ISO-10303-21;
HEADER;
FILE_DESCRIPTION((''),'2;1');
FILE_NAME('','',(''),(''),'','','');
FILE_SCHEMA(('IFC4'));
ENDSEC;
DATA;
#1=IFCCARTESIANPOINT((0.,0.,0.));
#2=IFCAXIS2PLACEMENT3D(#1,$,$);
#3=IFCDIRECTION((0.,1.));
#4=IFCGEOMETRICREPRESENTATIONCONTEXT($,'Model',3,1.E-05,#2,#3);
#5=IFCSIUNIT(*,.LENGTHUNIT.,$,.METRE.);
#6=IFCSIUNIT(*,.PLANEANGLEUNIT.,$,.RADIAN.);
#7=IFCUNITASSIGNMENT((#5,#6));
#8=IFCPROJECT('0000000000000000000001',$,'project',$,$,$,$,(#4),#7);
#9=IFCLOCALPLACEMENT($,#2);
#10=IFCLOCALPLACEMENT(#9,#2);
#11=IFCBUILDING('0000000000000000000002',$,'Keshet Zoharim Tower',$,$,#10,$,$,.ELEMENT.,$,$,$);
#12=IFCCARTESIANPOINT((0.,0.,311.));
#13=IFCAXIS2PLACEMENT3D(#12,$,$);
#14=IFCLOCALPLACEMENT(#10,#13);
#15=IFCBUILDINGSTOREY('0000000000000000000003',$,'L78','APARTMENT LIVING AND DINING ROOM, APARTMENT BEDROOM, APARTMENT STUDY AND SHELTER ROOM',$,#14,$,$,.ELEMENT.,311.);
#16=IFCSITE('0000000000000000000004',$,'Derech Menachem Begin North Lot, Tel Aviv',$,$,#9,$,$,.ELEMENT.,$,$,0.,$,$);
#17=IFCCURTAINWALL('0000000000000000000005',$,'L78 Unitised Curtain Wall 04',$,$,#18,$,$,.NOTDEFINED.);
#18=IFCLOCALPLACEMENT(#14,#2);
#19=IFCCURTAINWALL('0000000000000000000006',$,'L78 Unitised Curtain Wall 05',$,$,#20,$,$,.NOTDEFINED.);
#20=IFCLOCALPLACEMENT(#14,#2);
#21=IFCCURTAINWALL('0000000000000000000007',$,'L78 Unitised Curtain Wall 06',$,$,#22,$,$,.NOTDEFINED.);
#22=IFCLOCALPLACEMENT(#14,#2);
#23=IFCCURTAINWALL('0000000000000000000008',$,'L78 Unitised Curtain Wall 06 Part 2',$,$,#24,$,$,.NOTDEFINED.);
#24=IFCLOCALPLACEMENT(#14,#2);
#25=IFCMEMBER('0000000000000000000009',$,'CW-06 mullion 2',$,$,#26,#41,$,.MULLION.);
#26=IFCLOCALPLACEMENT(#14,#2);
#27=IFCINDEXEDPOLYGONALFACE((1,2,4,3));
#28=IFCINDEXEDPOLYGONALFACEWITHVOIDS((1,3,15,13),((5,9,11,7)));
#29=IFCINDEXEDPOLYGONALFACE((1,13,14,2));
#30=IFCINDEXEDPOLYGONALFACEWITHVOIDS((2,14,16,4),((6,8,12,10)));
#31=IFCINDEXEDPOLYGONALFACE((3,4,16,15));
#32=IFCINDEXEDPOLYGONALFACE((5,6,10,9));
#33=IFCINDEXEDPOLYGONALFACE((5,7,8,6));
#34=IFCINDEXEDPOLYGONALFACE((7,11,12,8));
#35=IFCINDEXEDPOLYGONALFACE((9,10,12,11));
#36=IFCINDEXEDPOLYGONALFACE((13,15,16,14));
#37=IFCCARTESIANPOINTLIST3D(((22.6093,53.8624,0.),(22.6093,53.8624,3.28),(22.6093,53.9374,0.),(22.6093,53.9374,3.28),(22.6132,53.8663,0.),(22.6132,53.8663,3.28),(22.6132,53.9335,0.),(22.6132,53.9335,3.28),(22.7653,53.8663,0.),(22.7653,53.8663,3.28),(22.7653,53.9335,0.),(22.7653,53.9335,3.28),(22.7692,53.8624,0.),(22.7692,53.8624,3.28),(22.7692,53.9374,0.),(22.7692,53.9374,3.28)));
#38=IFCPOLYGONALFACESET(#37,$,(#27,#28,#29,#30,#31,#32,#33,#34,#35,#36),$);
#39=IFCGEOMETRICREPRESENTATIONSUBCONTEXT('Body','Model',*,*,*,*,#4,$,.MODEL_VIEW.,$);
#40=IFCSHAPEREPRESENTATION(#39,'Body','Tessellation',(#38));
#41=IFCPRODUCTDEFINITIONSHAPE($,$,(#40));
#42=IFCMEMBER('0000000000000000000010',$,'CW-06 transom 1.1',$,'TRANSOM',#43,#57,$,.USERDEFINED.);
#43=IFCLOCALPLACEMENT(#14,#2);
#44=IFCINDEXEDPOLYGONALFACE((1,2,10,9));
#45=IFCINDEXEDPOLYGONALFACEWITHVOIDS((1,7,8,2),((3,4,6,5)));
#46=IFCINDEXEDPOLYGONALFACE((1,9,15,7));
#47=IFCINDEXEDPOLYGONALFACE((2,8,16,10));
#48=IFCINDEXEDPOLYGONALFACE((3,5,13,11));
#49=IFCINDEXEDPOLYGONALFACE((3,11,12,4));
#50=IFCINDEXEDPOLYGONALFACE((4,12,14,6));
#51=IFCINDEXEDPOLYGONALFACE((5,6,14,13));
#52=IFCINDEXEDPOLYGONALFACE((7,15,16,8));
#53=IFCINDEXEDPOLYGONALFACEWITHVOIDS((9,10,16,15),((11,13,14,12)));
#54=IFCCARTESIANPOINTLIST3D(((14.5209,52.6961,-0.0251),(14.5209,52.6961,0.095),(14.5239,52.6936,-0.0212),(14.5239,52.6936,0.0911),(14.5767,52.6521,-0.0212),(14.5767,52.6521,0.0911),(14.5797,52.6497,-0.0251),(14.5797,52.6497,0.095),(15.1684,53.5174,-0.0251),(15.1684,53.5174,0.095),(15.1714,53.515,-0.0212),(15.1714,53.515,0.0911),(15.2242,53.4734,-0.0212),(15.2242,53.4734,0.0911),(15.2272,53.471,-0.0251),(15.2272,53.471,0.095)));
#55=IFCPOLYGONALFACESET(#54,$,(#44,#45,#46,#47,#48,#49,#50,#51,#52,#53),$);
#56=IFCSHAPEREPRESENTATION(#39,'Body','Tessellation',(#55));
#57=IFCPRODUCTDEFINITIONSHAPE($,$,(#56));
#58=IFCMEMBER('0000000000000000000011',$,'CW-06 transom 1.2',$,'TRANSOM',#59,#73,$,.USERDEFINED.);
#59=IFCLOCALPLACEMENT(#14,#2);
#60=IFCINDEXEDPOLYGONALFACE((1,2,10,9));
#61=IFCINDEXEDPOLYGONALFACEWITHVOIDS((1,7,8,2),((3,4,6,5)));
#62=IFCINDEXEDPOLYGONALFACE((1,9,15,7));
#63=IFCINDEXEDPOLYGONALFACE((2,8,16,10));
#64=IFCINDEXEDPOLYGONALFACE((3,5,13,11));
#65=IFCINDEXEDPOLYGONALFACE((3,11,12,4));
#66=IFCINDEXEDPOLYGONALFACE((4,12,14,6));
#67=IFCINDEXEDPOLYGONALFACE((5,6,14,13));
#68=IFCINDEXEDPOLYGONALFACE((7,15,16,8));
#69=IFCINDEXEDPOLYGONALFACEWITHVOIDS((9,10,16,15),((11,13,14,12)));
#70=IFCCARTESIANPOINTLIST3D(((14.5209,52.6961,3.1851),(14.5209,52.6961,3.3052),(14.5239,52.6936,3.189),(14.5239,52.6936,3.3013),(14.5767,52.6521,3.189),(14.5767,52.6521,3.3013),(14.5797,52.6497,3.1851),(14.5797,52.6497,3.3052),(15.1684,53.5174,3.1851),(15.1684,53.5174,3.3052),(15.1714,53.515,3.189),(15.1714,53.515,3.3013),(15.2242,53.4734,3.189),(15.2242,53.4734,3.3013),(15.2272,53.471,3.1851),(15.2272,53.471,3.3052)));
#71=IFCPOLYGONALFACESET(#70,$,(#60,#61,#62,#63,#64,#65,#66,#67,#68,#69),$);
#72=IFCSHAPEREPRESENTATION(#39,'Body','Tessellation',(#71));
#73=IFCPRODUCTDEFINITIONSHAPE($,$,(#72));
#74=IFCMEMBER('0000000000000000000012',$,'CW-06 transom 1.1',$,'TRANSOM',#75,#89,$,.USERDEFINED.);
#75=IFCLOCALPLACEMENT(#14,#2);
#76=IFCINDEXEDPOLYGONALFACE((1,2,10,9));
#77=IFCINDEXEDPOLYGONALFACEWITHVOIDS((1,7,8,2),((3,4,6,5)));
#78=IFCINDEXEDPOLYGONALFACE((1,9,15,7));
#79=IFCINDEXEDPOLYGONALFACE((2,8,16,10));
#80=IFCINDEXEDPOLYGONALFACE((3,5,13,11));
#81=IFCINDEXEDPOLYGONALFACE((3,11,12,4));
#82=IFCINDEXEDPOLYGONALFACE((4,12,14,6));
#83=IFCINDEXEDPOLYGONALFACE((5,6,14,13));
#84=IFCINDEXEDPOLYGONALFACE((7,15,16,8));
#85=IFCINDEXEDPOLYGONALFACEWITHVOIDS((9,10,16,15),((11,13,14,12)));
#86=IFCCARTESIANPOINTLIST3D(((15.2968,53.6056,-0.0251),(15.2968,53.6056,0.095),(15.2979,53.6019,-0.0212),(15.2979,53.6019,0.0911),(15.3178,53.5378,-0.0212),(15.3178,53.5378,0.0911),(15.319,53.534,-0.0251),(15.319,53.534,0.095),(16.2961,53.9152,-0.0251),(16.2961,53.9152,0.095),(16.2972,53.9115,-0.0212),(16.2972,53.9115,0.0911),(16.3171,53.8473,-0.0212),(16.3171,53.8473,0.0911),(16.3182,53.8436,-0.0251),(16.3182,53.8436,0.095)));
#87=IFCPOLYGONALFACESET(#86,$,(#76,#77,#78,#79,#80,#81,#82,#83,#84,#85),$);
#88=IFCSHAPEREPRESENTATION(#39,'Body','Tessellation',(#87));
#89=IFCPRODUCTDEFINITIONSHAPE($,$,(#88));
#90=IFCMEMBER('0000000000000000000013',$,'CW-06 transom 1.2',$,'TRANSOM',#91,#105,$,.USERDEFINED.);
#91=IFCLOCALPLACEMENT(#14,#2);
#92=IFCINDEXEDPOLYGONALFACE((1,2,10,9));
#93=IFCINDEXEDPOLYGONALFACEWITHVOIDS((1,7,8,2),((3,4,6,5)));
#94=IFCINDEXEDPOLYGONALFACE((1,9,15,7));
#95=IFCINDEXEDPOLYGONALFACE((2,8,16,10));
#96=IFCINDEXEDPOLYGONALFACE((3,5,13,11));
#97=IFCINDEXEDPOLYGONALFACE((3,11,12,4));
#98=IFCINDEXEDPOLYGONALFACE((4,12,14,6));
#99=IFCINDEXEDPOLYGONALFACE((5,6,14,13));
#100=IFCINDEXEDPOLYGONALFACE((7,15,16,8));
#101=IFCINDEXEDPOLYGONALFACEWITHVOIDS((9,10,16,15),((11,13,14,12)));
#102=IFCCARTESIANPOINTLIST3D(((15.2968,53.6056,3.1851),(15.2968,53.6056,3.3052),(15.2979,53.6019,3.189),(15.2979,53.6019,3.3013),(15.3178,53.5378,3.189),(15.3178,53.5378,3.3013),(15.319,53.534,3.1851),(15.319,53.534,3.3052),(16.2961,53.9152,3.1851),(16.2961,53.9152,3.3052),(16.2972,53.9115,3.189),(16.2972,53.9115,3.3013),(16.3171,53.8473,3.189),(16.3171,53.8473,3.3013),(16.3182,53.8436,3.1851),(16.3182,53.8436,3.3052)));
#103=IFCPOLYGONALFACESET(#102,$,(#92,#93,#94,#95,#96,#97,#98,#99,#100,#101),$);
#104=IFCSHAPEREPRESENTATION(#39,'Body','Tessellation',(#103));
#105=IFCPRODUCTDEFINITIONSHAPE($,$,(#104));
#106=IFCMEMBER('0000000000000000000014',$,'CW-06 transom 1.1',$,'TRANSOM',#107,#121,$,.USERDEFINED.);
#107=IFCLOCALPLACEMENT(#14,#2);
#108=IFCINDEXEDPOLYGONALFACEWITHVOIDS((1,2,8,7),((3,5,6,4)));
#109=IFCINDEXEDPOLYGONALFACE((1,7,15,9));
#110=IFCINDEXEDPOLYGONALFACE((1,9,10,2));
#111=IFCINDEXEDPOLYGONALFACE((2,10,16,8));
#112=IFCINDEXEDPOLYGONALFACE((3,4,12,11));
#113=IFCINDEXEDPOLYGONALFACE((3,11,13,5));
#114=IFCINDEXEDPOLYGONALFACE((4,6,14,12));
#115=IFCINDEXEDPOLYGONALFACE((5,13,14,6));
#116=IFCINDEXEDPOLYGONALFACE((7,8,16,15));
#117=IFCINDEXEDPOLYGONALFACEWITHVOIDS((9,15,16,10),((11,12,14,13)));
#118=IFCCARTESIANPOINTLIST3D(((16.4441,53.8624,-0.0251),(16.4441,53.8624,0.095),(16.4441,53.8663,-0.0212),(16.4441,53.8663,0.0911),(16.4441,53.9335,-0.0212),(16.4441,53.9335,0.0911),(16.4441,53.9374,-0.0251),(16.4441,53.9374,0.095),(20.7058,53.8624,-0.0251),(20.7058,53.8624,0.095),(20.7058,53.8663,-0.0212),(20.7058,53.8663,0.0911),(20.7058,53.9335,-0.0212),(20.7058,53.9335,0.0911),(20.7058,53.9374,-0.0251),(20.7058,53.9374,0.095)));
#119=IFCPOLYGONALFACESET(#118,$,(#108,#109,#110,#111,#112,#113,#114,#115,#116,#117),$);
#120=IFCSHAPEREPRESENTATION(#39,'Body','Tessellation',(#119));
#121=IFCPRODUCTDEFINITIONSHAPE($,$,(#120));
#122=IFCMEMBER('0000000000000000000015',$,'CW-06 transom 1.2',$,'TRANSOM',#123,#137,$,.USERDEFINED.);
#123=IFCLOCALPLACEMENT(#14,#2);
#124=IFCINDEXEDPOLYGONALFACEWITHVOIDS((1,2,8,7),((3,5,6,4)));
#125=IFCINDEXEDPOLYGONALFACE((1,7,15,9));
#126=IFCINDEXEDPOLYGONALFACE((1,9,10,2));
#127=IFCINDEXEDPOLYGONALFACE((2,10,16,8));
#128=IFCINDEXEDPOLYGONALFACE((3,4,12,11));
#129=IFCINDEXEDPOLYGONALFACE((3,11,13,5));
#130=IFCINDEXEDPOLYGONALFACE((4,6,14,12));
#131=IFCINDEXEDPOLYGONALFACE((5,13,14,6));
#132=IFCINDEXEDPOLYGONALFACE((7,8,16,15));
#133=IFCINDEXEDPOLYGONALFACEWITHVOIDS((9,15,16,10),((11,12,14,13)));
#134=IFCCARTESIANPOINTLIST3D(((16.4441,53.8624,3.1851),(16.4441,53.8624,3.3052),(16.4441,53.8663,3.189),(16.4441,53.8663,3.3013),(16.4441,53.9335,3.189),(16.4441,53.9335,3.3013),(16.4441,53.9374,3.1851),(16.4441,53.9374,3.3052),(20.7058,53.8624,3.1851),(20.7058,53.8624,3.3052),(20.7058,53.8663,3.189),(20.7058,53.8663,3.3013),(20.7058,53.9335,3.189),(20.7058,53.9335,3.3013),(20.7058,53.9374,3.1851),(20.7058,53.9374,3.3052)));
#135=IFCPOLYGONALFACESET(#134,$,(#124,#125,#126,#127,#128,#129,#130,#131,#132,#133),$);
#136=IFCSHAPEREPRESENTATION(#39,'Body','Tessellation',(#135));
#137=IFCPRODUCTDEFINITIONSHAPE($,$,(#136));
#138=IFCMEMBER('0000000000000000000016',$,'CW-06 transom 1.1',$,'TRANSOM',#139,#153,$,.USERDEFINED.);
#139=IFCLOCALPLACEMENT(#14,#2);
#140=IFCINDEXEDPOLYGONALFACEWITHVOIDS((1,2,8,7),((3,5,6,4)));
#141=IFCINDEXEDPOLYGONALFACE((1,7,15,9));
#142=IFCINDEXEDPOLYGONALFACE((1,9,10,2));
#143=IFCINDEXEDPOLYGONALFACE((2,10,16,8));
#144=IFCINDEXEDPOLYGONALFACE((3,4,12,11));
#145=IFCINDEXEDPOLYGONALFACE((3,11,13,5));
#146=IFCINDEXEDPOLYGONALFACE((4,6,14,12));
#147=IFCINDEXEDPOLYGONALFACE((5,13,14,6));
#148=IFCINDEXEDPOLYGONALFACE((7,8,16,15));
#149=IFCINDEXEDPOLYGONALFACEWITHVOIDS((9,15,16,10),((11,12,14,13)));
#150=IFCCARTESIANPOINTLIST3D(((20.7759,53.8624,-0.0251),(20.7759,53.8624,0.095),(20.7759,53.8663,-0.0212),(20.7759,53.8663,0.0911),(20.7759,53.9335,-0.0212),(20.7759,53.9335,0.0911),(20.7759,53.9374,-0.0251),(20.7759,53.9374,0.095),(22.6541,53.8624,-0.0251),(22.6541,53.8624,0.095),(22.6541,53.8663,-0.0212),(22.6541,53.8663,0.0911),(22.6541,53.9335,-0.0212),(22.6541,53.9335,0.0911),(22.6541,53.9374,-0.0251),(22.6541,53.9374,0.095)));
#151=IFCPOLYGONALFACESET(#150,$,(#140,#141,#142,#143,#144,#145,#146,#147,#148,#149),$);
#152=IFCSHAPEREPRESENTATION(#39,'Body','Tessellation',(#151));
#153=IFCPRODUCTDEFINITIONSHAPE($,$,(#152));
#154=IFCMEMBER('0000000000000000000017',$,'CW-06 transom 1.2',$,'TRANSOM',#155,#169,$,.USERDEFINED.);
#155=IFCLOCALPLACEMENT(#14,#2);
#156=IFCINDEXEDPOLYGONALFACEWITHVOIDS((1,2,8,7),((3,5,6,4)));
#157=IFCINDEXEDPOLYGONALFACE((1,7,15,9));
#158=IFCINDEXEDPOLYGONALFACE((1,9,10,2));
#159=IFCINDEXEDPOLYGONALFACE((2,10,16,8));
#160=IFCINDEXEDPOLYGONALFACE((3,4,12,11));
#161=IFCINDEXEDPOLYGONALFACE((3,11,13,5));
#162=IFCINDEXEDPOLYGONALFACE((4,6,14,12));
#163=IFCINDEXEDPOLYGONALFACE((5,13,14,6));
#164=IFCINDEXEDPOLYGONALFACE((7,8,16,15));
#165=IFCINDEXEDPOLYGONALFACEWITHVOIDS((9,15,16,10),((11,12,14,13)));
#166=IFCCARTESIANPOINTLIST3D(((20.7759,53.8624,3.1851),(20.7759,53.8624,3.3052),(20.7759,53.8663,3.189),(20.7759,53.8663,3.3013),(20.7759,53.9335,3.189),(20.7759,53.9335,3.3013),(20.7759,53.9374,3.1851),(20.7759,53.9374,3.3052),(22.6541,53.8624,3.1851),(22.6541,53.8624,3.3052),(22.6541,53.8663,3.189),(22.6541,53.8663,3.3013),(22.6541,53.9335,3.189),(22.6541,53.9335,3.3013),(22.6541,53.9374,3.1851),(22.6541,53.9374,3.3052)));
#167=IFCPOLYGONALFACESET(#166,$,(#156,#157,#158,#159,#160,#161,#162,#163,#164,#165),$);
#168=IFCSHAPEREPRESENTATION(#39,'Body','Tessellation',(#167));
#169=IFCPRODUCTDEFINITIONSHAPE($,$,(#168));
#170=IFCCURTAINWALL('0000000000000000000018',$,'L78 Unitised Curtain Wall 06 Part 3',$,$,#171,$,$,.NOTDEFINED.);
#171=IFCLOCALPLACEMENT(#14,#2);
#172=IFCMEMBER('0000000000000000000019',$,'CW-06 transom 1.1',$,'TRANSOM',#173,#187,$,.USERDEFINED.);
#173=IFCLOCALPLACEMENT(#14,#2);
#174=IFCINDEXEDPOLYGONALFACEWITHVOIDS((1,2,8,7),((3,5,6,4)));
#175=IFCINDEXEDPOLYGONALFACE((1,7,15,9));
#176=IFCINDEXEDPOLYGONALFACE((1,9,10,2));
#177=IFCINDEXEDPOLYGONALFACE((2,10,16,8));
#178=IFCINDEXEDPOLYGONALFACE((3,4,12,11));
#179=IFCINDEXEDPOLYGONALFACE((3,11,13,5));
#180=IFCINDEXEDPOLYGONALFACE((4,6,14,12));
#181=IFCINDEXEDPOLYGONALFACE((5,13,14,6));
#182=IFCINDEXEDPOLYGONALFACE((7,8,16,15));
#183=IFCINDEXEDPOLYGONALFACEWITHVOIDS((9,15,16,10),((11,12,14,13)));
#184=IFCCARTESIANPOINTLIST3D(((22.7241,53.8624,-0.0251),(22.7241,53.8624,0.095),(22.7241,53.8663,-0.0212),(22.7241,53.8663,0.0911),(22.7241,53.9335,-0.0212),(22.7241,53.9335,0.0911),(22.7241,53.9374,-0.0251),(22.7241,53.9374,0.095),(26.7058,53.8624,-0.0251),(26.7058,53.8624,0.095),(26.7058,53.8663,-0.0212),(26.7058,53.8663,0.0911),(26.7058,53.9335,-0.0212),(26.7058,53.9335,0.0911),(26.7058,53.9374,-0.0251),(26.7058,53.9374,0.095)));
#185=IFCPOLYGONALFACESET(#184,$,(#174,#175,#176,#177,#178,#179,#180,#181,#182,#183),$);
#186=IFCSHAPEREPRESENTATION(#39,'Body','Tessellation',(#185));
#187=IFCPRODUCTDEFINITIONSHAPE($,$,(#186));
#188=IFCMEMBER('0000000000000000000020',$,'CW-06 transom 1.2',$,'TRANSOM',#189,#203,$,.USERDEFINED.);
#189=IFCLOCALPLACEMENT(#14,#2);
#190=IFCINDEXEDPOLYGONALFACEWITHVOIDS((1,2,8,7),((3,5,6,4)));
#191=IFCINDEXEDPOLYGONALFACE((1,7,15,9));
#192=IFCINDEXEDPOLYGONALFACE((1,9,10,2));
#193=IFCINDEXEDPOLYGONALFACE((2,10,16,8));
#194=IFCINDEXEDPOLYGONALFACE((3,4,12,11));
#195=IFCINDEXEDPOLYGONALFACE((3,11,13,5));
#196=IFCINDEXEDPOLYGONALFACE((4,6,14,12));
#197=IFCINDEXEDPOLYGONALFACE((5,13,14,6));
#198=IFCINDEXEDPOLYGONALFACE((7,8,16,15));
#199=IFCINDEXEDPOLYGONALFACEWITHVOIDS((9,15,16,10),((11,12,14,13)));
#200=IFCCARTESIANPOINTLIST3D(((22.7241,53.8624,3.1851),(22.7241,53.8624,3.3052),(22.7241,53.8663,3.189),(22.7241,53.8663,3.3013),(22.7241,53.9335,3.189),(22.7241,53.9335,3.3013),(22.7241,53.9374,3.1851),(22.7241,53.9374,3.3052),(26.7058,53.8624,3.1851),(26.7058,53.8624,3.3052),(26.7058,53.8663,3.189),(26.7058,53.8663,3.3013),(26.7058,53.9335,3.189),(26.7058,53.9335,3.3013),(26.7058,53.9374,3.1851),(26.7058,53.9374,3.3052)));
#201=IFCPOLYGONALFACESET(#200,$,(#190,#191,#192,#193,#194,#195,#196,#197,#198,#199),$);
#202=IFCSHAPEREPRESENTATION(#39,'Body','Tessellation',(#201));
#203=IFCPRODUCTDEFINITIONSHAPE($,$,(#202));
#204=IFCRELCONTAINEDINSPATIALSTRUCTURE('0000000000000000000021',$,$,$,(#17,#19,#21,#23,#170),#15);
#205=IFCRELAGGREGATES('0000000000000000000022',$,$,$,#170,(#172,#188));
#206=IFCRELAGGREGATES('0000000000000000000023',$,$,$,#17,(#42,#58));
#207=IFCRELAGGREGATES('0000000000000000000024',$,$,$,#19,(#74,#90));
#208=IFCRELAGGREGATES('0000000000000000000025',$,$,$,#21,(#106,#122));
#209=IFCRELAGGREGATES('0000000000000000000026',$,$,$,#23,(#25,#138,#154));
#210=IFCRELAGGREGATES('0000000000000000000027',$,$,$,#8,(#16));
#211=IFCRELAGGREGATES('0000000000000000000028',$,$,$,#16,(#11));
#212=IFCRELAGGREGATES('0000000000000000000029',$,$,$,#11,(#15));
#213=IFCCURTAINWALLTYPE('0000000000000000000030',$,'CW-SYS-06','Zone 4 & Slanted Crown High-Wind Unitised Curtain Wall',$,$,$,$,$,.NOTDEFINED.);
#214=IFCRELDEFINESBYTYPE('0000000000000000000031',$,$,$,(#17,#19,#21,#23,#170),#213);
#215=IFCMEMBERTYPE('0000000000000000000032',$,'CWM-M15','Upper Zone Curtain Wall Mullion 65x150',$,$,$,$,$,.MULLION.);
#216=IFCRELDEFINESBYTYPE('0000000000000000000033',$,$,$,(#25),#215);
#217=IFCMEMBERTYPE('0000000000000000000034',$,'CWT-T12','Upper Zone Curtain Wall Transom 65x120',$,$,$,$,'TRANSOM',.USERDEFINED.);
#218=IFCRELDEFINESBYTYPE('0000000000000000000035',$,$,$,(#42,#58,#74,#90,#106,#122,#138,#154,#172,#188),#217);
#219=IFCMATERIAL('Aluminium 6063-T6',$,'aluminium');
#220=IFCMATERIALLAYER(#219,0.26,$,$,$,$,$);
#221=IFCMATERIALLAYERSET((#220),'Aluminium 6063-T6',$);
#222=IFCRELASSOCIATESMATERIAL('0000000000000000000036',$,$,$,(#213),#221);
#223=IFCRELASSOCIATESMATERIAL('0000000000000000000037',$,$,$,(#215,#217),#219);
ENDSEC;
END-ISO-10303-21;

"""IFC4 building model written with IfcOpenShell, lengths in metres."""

from ifc_helpers import new_model, si_unit, direction, frame, origin, origin_2d, place, context, subcontext, project, spatial, hollow_rectangle, extrude, material, layer, layer_set, material_profile, profile_set, type_object, element, aggregate, save


model = new_model("IFC4")

# Units and contexts
model_context = context("Model", 3, precision=1e-05, world=origin(), true_north=direction((0.0, 1.0)))
body_context = subcontext(model_context, "Body", "Model", "MODEL_VIEW")
ifc_project = project(units=[si_unit("LENGTHUNIT", "METRE"), si_unit("PLANEANGLEUNIT", "RADIAN")], contexts=[model_context])

# Site, building, storey
site_placement = place(None, origin())
site = spatial("IfcSite", under=ifc_project, at=site_placement, Name="Derech Menachem Begin North Lot, Tel Aviv", CompositionType="ELEMENT", RefElevation=0.0)
building_placement = place(site_placement, origin())
building = spatial("IfcBuilding", under=site, at=building_placement, Name="Keshet Zoharim Tower", CompositionType="ELEMENT")
storey_placement = place(building_placement, frame((0.0, 0.0, 311.0)))
storey = spatial("IfcBuildingStorey", under=building, at=storey_placement, Name="L78", Description="APARTMENT LIVING AND DINING ROOM, APARTMENT BEDROOM, APARTMENT STUDY AND SHELTER ROOM", CompositionType="ELEMENT", Elevation=311.0)

# Curtain wall
ifc_material_1 = material(Name="Aluminium 6063-T6", Category="aluminium")
ifc_layer_1 = layer(ifc_material_1, 0.26)
ifc_layer_set_1 = layer_set([ifc_layer_1], Name="Aluminium 6063-T6")
curtain_wall_type = type_object("IfcCurtainWallType", Name="CW-SYS-06", Description="Zone 4 & Slanted Crown High-Wind Unitised Curtain Wall", PredefinedType="NOTDEFINED", material=ifc_layer_set_1)
curtain_wall_1_placement = place(storey_placement, origin())
curtain_wall_1 = element("IfcCurtainWall", 1, at=curtain_wall_1_placement, inside=storey, type_object=curtain_wall_type, Name="L78 Unitised Curtain Wall 04", PredefinedType="NOTDEFINED")
ifc_material_profile_1 = material_profile(ifc_material_1, hollow_rectangle(XDim=0.075, YDim=0.1599, WallThickness=0.0039, at=origin_2d()), Name="MUL-75x160")
ifc_profile_set_1 = profile_set([ifc_material_profile_1], Name="Aluminium 6063-T6")
member_type_1 = type_object("IfcMemberType", Name="CWM-M15", Description="Upper Zone Curtain Wall Mullion 65x150", PredefinedType="MULLION", material=ifc_profile_set_1)

# Curtain walls
curtain_wall_2_placement = place(storey_placement, origin())
curtain_wall_2 = element("IfcCurtainWall", 2, at=curtain_wall_2_placement, inside=storey, type_object=curtain_wall_type, Name="L78 Unitised Curtain Wall 05", PredefinedType="NOTDEFINED")
curtain_wall_3_placement = place(storey_placement, origin())
curtain_wall_3 = element("IfcCurtainWall", 3, at=curtain_wall_3_placement, inside=storey, type_object=curtain_wall_type, Name="L78 Unitised Curtain Wall 06", PredefinedType="NOTDEFINED")

# Curtain wall, member
curtain_wall_4_placement = place(storey_placement, origin())
curtain_wall_4 = element("IfcCurtainWall", 4, at=curtain_wall_4_placement, inside=storey, type_object=curtain_wall_type, Name="L78 Unitised Curtain Wall 06 Part 2", PredefinedType="NOTDEFINED")
member_1_placement = place(storey_placement, frame((22.6892, 53.8999, 0.0), z_axis=(0.0, 0.0, 1.0), x_axis=(0.0, 1.0, 0.0)))
member_1 = element("IfcMember", 5, at=member_1_placement, type_object=member_type_1, Name="CW-06 mullion 2", PredefinedType="MULLION", context=body_context, shape_type="SweptSolid", body=[
    extrude(hollow_rectangle(XDim=0.075, YDim=0.1599, WallThickness=0.0039, at=origin_2d()), origin(), (0.0, 0.0, 1.0), 3.28),
])

# Members
ifc_material_profile_2 = material_profile(ifc_material_1, hollow_rectangle(XDim=0.075, YDim=0.1201, WallThickness=0.0039, at=origin_2d()), Name="TRN-75x120")
ifc_profile_set_2 = profile_set([ifc_material_profile_2], Name="Aluminium 6063-T6")
member_type_2 = type_object("IfcMemberType", Name="CWT-T12", Description="Upper Zone Curtain Wall Transom 65x120", ElementType="TRANSOM", PredefinedType="USERDEFINED", material=ifc_profile_set_2)
member_2_placement = place(storey_placement, frame((14.5503, 52.6729, 0.0349), z_axis=(0.619099, 0.785313, 0.0), x_axis=(-0.785313, 0.619099, 0.0)))
member_2 = element("IfcMember", 6, at=member_2_placement, type_object=member_type_2, Name="CW-06 transom 1.1", ObjectType="TRANSOM", PredefinedType="USERDEFINED", context=body_context, shape_type="SweptSolid", body=[
    extrude(hollow_rectangle(XDim=0.075, YDim=0.1201, WallThickness=0.0039, at=origin_2d()), origin(), (0.0, 0.0, 1.0), 1.0459),
])
member_3_placement = place(storey_placement, frame((14.5503, 52.6729, 3.2451), z_axis=(0.619099, 0.785313, 0.0), x_axis=(-0.785313, 0.619099, 0.0)))
member_3 = element("IfcMember", 7, at=member_3_placement, type_object=member_type_2, Name="CW-06 transom 1.2", ObjectType="TRANSOM", PredefinedType="USERDEFINED", context=body_context, shape_type="SweptSolid", body=[
    extrude(hollow_rectangle(XDim=0.075, YDim=0.1201, WallThickness=0.0039, at=origin_2d()), origin(), (0.0, 0.0, 1.0), 1.0459),
])
member_4_placement = place(storey_placement, frame((15.3079, 53.5698, 0.0349), z_axis=(0.955212, 0.295922, 0.0), x_axis=(-0.295922, 0.955212, 0.0)))
member_4 = element("IfcMember", 8, at=member_4_placement, type_object=member_type_2, Name="CW-06 transom 1.1", ObjectType="TRANSOM", PredefinedType="USERDEFINED", context=body_context, shape_type="SweptSolid", body=[
    extrude(hollow_rectangle(XDim=0.075, YDim=0.1201, WallThickness=0.0039, at=origin_2d()), origin(), (0.0, 0.0, 1.0), 1.0461),
])
member_5_placement = place(storey_placement, frame((15.3079, 53.5698, 3.2451), z_axis=(0.955212, 0.295922, 0.0), x_axis=(-0.295922, 0.955212, 0.0)))
member_5 = element("IfcMember", 9, at=member_5_placement, type_object=member_type_2, Name="CW-06 transom 1.2", ObjectType="TRANSOM", PredefinedType="USERDEFINED", context=body_context, shape_type="SweptSolid", body=[
    extrude(hollow_rectangle(XDim=0.075, YDim=0.1201, WallThickness=0.0039, at=origin_2d()), origin(), (0.0, 0.0, 1.0), 1.0461),
])
member_6_placement = place(storey_placement, frame((16.4441, 53.8999, 0.0349), z_axis=(1.0, 0.0, 0.0), x_axis=(0.0, 1.0, 0.0)))
member_6 = element("IfcMember", 10, at=member_6_placement, type_object=member_type_2, Name="CW-06 transom 1.1", ObjectType="TRANSOM", PredefinedType="USERDEFINED", context=body_context, shape_type="SweptSolid", body=[
    extrude(hollow_rectangle(XDim=0.075, YDim=0.1201, WallThickness=0.0039, at=origin_2d()), origin(), (0.0, 0.0, 1.0), 4.2617),
])
member_7_placement = place(storey_placement, frame((16.4441, 53.8999, 3.2451), z_axis=(1.0, 0.0, 0.0), x_axis=(0.0, 1.0, 0.0)))
member_7 = element("IfcMember", 11, at=member_7_placement, type_object=member_type_2, Name="CW-06 transom 1.2", ObjectType="TRANSOM", PredefinedType="USERDEFINED", context=body_context, shape_type="SweptSolid", body=[
    extrude(hollow_rectangle(XDim=0.075, YDim=0.1201, WallThickness=0.0039, at=origin_2d()), origin(), (0.0, 0.0, 1.0), 4.2617),
])
member_8_placement = place(storey_placement, frame((20.7759, 53.8999, 0.0349), z_axis=(1.0, 0.0, 0.0), x_axis=(0.0, 1.0, 0.0)))
member_8 = element("IfcMember", 12, at=member_8_placement, type_object=member_type_2, Name="CW-06 transom 1.1", ObjectType="TRANSOM", PredefinedType="USERDEFINED", context=body_context, shape_type="SweptSolid", body=[
    extrude(hollow_rectangle(XDim=0.075, YDim=0.1201, WallThickness=0.0039, at=origin_2d()), origin(), (0.0, 0.0, 1.0), 1.8782),
])
member_9_placement = place(storey_placement, frame((20.7759, 53.8999, 3.2451), z_axis=(1.0, 0.0, 0.0), x_axis=(0.0, 1.0, 0.0)))
member_9 = element("IfcMember", 13, at=member_9_placement, type_object=member_type_2, Name="CW-06 transom 1.2", ObjectType="TRANSOM", PredefinedType="USERDEFINED", context=body_context, shape_type="SweptSolid", body=[
    extrude(hollow_rectangle(XDim=0.075, YDim=0.1201, WallThickness=0.0039, at=origin_2d()), origin(), (0.0, 0.0, 1.0), 1.8782),
])

# Curtain wall, members
curtain_wall_5_placement = place(storey_placement, origin())
curtain_wall_5 = element("IfcCurtainWall", 14, at=curtain_wall_5_placement, inside=storey, type_object=curtain_wall_type, Name="L78 Unitised Curtain Wall 06 Part 3", PredefinedType="NOTDEFINED")
member_10_placement = place(storey_placement, frame((22.7241, 53.8999, 0.0349), z_axis=(1.0, 0.0, 0.0), x_axis=(0.0, 1.0, 0.0)))
member_10 = element("IfcMember", 15, at=member_10_placement, type_object=member_type_2, Name="CW-06 transom 1.1", ObjectType="TRANSOM", PredefinedType="USERDEFINED", context=body_context, shape_type="SweptSolid", body=[
    extrude(hollow_rectangle(XDim=0.075, YDim=0.1201, WallThickness=0.0039, at=origin_2d()), origin(), (0.0, 0.0, 1.0), 3.9817),
])
member_11_placement = place(storey_placement, frame((22.7241, 53.8999, 3.2451), z_axis=(1.0, 0.0, 0.0), x_axis=(0.0, 1.0, 0.0)))
member_11 = element("IfcMember", 16, at=member_11_placement, type_object=member_type_2, Name="CW-06 transom 1.2", ObjectType="TRANSOM", PredefinedType="USERDEFINED", context=body_context, shape_type="SweptSolid", body=[
    extrude(hollow_rectangle(XDim=0.075, YDim=0.1201, WallThickness=0.0039, at=origin_2d()), origin(), (0.0, 0.0, 1.0), 3.9817),
])
aggregate(curtain_wall_5, [member_10, member_11])

aggregate(curtain_wall_1, [member_2, member_3])
aggregate(curtain_wall_2, [member_4, member_5])
aggregate(curtain_wall_3, [member_6, member_7])
aggregate(curtain_wall_4, [member_1, member_8, member_9])

save(model, "model.ifc")
